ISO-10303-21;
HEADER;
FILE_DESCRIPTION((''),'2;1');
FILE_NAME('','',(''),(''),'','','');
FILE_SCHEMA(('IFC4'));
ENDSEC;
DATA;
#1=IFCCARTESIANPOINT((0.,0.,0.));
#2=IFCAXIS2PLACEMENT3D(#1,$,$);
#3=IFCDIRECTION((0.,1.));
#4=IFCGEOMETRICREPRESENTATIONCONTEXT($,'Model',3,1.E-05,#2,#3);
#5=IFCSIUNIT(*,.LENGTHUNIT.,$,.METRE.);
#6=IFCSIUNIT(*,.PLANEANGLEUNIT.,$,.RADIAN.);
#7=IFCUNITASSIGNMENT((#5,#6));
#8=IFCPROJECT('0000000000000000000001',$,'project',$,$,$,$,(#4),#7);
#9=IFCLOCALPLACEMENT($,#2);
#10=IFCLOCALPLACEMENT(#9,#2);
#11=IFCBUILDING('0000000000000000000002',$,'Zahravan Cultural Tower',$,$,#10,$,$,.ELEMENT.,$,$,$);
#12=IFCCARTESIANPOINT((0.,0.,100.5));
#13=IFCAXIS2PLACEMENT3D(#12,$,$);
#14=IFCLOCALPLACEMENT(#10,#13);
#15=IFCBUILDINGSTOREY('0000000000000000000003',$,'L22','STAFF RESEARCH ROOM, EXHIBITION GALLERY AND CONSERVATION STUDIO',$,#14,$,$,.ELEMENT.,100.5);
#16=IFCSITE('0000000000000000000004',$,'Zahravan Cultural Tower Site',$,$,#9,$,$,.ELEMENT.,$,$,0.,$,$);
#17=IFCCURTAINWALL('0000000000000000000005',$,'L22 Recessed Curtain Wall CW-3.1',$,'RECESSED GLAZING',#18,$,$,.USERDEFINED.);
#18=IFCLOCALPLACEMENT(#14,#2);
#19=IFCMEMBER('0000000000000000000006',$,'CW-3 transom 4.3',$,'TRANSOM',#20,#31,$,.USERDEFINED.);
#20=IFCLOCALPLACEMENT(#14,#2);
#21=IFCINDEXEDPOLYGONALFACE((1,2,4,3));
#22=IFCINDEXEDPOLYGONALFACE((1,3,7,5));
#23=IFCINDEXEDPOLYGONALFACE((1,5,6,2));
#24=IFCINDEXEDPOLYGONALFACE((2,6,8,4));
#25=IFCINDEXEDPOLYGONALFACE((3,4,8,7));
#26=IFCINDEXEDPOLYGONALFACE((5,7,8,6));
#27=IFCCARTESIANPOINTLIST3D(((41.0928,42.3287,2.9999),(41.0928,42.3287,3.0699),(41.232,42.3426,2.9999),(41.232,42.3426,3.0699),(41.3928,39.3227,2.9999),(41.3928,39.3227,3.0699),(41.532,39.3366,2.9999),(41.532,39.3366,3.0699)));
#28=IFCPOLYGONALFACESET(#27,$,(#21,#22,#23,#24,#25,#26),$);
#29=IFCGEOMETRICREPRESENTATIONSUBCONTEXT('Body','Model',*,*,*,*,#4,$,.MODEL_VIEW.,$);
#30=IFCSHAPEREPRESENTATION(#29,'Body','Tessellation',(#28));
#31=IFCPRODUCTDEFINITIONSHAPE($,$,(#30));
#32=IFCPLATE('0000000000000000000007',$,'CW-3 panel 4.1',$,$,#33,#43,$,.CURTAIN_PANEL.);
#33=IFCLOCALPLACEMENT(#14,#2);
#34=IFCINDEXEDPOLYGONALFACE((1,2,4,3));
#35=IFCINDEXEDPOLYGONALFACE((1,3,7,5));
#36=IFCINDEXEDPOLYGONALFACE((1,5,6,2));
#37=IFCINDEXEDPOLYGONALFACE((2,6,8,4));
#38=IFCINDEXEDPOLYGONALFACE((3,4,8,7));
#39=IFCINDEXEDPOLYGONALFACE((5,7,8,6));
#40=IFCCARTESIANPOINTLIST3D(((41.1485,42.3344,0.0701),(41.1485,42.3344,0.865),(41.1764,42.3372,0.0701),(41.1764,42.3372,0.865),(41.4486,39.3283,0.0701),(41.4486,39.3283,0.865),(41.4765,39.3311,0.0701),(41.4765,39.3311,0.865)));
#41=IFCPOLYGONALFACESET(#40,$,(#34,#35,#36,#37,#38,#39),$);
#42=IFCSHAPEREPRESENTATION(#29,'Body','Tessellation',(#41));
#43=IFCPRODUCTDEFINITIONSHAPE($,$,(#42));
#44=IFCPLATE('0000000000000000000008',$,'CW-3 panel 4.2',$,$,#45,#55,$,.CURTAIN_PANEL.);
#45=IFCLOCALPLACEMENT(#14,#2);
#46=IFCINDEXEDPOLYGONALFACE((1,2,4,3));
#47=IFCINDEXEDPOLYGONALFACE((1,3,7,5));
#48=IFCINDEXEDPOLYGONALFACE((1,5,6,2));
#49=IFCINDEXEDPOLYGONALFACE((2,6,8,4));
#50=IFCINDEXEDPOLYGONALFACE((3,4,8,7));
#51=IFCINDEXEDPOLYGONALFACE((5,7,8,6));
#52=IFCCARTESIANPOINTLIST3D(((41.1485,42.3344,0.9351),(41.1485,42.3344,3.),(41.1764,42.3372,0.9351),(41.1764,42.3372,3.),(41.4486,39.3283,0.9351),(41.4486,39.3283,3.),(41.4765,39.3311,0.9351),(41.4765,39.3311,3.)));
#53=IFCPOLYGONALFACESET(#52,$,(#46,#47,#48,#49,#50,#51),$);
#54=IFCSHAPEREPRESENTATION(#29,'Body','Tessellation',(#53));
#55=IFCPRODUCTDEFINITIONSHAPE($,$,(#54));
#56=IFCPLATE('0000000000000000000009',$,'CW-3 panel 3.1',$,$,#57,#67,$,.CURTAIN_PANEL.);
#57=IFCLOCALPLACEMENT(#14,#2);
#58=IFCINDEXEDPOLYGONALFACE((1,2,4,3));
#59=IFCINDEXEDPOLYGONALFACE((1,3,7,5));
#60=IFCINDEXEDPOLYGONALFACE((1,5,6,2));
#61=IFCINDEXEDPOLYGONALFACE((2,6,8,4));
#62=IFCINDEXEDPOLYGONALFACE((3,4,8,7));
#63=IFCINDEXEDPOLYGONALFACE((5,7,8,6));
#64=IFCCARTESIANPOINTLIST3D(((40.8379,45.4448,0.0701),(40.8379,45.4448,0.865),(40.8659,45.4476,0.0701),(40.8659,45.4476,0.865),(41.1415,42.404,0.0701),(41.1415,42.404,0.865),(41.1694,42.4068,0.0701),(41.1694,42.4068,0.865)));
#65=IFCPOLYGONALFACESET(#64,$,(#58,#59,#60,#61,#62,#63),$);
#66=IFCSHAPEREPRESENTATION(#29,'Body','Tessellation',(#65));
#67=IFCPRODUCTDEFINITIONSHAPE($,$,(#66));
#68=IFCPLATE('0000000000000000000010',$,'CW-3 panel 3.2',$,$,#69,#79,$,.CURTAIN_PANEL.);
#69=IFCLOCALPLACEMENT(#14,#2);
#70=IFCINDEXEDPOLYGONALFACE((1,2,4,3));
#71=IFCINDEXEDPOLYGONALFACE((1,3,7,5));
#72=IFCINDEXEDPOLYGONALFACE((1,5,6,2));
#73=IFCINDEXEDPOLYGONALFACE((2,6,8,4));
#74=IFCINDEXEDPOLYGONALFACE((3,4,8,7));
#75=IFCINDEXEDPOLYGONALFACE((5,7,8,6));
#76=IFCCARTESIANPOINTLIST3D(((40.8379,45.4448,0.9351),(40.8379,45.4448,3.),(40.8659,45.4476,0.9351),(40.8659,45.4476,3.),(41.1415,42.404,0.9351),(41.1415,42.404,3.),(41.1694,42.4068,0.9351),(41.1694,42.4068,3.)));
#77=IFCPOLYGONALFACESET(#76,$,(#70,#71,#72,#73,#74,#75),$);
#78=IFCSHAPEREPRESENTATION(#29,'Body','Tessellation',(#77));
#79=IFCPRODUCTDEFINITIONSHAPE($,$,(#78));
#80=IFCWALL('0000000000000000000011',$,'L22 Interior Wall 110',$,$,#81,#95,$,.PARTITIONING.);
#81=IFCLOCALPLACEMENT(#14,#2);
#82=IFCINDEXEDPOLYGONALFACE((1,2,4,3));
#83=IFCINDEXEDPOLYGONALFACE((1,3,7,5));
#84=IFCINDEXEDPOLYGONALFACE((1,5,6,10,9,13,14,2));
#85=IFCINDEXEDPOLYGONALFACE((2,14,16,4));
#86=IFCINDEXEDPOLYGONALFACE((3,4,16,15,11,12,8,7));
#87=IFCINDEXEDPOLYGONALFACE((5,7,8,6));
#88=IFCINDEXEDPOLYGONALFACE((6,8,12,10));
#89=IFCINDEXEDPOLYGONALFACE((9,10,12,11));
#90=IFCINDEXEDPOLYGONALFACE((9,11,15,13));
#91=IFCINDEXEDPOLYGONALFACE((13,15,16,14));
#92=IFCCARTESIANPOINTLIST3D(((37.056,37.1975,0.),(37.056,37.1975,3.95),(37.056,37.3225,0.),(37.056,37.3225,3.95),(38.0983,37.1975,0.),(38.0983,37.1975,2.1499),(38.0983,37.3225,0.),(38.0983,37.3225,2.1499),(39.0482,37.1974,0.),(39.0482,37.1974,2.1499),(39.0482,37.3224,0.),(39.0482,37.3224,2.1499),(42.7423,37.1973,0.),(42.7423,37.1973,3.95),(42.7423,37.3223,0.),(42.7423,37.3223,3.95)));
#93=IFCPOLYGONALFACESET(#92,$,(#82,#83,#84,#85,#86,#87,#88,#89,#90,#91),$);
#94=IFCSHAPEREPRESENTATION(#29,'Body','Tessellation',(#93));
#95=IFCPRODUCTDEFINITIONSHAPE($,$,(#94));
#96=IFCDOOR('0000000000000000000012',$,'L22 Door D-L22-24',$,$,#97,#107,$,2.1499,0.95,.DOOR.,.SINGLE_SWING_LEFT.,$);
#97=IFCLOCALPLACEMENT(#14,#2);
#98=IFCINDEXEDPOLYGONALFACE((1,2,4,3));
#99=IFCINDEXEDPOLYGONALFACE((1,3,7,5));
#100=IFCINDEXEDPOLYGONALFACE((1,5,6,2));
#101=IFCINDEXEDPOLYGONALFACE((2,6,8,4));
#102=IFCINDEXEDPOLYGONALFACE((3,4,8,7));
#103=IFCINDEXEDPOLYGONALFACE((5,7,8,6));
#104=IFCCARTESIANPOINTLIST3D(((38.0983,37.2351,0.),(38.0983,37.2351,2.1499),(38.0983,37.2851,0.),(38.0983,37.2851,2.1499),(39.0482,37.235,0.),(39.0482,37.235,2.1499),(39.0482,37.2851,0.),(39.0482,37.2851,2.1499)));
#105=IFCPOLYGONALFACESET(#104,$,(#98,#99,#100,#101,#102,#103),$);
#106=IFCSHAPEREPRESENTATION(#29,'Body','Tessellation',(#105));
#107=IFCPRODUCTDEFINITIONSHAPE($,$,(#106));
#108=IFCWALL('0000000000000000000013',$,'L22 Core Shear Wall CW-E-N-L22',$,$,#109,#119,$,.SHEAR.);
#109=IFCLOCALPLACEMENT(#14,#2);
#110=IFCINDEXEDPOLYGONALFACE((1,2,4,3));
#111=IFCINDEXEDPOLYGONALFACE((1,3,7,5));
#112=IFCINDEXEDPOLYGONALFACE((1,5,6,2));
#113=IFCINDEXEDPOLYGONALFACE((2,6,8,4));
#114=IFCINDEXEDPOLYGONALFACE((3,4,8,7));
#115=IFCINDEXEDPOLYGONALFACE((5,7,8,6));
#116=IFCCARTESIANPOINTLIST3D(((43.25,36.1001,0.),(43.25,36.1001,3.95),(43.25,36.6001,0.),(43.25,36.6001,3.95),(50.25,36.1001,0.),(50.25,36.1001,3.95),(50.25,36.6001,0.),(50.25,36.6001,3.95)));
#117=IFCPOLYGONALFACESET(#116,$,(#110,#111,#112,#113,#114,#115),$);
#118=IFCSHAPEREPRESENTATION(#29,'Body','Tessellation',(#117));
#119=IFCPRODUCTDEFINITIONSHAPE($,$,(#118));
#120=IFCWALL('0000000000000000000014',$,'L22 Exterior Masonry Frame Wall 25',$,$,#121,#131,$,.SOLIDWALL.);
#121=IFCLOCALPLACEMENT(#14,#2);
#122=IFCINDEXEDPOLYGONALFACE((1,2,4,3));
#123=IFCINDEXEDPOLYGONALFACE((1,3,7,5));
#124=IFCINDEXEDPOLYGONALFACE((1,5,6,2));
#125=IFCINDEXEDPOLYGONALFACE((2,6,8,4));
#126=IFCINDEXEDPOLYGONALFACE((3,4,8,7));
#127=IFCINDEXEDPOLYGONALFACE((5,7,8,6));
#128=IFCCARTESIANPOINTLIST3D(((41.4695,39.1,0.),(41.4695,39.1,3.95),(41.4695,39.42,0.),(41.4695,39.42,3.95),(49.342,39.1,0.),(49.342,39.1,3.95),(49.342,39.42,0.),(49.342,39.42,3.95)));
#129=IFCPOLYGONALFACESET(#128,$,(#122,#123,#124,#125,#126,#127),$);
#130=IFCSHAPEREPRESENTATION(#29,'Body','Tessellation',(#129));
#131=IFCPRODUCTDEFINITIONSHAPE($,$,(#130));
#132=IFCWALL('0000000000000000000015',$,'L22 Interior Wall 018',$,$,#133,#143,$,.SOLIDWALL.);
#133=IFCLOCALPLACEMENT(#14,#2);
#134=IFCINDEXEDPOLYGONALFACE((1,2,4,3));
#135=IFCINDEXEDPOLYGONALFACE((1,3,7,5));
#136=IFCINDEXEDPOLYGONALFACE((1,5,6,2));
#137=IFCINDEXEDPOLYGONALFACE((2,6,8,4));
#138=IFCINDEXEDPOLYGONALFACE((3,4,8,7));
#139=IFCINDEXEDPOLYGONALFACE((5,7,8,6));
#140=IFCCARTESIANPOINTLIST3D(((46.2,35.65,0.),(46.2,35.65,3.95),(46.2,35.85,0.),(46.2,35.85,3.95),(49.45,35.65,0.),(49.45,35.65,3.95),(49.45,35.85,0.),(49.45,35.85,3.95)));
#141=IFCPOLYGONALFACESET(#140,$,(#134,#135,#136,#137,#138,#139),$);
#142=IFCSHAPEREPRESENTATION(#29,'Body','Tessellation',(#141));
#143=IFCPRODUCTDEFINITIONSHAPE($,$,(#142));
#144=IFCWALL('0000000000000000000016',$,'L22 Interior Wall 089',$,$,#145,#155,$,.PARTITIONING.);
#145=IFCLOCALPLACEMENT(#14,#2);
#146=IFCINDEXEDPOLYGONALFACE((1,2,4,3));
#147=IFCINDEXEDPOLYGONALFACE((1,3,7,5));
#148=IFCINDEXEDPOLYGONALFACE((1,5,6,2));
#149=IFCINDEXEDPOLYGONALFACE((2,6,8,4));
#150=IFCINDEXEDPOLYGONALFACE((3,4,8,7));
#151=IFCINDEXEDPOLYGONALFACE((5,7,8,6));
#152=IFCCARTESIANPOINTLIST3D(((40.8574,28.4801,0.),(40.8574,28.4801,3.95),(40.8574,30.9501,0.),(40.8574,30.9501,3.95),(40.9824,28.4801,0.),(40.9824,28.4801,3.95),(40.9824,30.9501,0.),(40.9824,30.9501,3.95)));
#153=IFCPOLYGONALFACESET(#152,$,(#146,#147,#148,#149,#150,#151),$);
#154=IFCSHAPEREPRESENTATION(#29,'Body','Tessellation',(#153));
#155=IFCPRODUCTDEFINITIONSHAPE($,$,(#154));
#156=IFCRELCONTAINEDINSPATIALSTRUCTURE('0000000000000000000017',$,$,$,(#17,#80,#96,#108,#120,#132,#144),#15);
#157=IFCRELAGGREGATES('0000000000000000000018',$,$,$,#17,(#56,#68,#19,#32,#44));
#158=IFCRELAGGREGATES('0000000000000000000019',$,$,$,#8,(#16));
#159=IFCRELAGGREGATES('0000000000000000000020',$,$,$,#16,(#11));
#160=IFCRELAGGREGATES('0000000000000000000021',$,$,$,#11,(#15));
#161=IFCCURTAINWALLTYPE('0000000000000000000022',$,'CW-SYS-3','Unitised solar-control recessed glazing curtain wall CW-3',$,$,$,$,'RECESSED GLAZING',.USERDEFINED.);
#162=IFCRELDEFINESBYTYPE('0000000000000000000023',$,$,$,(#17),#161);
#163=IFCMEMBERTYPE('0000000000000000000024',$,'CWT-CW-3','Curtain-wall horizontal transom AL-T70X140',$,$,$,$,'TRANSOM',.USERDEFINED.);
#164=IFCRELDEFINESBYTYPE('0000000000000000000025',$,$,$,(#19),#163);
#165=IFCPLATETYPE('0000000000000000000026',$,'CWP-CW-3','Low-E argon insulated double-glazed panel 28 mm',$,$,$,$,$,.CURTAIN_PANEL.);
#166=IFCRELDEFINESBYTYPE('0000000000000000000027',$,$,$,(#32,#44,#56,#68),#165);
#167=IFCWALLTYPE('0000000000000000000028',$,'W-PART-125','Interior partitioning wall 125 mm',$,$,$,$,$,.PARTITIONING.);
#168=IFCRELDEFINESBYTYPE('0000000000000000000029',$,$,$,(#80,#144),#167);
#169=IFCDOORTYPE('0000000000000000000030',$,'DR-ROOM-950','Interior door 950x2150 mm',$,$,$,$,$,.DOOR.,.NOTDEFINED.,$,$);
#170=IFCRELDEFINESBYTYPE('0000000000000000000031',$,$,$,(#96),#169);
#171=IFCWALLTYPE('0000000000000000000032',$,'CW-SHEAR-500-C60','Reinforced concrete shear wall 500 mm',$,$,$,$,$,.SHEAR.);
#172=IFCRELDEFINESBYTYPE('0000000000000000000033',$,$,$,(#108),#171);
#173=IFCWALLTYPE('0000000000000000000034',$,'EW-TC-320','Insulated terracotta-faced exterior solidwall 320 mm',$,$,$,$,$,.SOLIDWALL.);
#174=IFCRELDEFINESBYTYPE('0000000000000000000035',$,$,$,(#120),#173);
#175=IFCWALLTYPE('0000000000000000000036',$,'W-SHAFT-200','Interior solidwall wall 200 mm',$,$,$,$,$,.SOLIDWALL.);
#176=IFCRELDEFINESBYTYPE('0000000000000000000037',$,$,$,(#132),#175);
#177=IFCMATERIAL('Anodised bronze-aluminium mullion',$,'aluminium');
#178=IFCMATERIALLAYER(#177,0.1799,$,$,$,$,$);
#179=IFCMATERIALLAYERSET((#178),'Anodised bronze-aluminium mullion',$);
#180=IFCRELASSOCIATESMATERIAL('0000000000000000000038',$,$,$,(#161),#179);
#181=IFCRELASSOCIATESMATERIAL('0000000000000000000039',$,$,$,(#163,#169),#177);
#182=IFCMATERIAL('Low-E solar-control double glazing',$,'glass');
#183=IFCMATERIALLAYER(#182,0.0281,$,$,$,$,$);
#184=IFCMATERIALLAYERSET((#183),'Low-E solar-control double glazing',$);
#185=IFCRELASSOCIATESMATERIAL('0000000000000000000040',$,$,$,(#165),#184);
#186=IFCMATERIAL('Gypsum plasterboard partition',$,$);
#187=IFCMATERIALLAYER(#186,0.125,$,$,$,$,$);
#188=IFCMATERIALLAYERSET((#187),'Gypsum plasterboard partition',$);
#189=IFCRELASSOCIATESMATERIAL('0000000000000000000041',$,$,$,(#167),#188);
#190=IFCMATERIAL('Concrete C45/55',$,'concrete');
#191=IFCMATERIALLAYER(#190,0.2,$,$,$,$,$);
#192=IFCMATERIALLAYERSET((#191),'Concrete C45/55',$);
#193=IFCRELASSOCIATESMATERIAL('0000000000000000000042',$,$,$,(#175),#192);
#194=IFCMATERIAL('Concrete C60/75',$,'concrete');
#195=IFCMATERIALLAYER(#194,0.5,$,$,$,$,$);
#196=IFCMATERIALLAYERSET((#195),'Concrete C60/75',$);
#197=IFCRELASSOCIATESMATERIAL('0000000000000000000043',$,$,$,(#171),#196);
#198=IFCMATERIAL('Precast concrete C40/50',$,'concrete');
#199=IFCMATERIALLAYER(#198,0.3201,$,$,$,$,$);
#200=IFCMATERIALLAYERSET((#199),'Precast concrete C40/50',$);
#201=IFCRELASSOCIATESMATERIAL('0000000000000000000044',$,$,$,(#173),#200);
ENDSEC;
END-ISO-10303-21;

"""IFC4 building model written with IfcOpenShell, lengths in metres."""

from ifc_helpers import new_model, si_unit, direction, frame, frame_2d, origin, origin_2d, place, context, subcontext, project, spatial, rectangle, extrude, source, transform, mapped, material, layer, layer_set, material_profile, profile_set, type_object, element, fill, aggregate, save


model = new_model("IFC4")

# Units and contexts
model_context = context("Model", 3, precision=1e-05, world=origin(), true_north=direction((0.0, 1.0)))
body_context = subcontext(model_context, "Body", "Model", "MODEL_VIEW")
ifc_project = project(units=[si_unit("LENGTHUNIT", "METRE"), si_unit("PLANEANGLEUNIT", "RADIAN")], contexts=[model_context])

# Site, building, storey
site_placement = place(None, origin())
site = spatial("IfcSite", under=ifc_project, at=site_placement, Name="Zahravan Cultural Tower Site", CompositionType="ELEMENT", RefElevation=0.0)
building_placement = place(site_placement, origin())
building = spatial("IfcBuilding", under=site, at=building_placement, Name="Zahravan Cultural Tower", CompositionType="ELEMENT")
storey_placement = place(building_placement, frame((0.0, 0.0, 100.5)))
storey = spatial("IfcBuildingStorey", under=building, at=storey_placement, Name="L22", Description="STAFF RESEARCH ROOM, EXHIBITION GALLERY AND CONSERVATION STUDIO", CompositionType="ELEMENT", Elevation=100.5)

# Shared definitions
ifc_material_1 = material(Name="Concrete C60/75", Category="concrete")

# Curtain wall, member, plates
ifc_material_2 = material(Name="Anodised bronze-aluminium mullion", Category="aluminium")
ifc_layer_1 = layer(ifc_material_2, 0.1799)
ifc_layer_set_1 = layer_set([ifc_layer_1], Name="Anodised bronze-aluminium mullion")
curtain_wall_type = type_object("IfcCurtainWallType", Name="CW-SYS-3", Description="Unitised solar-control recessed glazing curtain wall CW-3", ElementType="RECESSED GLAZING", PredefinedType="USERDEFINED", material=ifc_layer_set_1)
curtain_wall_placement = place(storey_placement, origin())
curtain_wall = element("IfcCurtainWall", 1, at=curtain_wall_placement, inside=storey, type_object=curtain_wall_type, Name="L22 Recessed Curtain Wall CW-3.1", ObjectType="RECESSED GLAZING", PredefinedType="USERDEFINED")
ifc_material_profile_1 = material_profile(ifc_material_2, rectangle(XDim=0.1399, YDim=0.0701, at=origin_2d()), Name="AL-T70X140")
ifc_profile_set_1 = profile_set([ifc_material_profile_1], Name="Anodised bronze-aluminium mullion")
member_type_1 = type_object("IfcMemberType", Name="CWT-CW-3", Description="Curtain-wall horizontal transom AL-T70X140", ElementType="TRANSOM", PredefinedType="USERDEFINED", material=ifc_profile_set_1)
shared_shape_1 = source(origin(), body_context, "Body", "SweptSolid", [
    extrude(rectangle(XDim=0.1399, YDim=0.0701, at=origin_2d()), origin(), (0.0, 0.0, 1.0), 3.021),
])
member_1_placement = place(storey_placement, frame((41.1624, 42.3357, 3.0349), z_axis=(0.09932, -0.995056, 0.0), x_axis=(0.995056, 0.09932, 0.0)))
member_1 = element("IfcMember", 2, at=member_1_placement, type_object=member_type_1, Name="CW-3 transom 4.3", ObjectType="TRANSOM", PredefinedType="USERDEFINED", context=body_context, shape_type="MappedRepresentation", body=[
    mapped(shared_shape_1, transform((0.0, 0.0, 0.0), x_axis=(1.0, 0.0, 0.0), y_axis=(0.0, 1.0, 0.0), z_axis=(0.0, 0.0, 1.0), scale=1.0)),
])
ifc_material_3 = material(Name="Low-E solar-control double glazing", Category="glass")
ifc_layer_2 = layer(ifc_material_3, 0.0281)
ifc_layer_set_2 = layer_set([ifc_layer_2], Name="Low-E solar-control double glazing")
plate_type = type_object("IfcPlateType", Name="CWP-CW-3", Description="Low-E argon insulated double-glazed panel 28 mm", PredefinedType="CURTAIN_PANEL", material=ifc_layer_set_2)
shared_shape_2 = source(origin(), body_context, "Body", "SweptSolid", [
    extrude(rectangle(XDim=3.021, YDim=0.0281, at=origin_2d()), origin(), (0.0, 0.0, 1.0), 0.7949),
])
plate_1_placement = place(storey_placement, frame((41.3125, 40.8328, 0.0701), z_axis=(0.0, 0.0, 1.0), x_axis=(0.099322, -0.995055, 0.0)))
plate_1 = element("IfcPlate", 3, at=plate_1_placement, type_object=plate_type, Name="CW-3 panel 4.1", PredefinedType="CURTAIN_PANEL", context=body_context, shape_type="MappedRepresentation", body=[
    mapped(shared_shape_2, transform((0.0, 0.0, 0.0), x_axis=(1.0, 0.0, 0.0), y_axis=(0.0, 1.0, 0.0), z_axis=(0.0, 0.0, 1.0), scale=1.0)),
])
shared_shape_3 = source(origin(), body_context, "Body", "SweptSolid", [
    extrude(rectangle(XDim=3.021, YDim=0.0281, at=origin_2d()), origin(), (0.0, 0.0, 1.0), 2.0649),
])
plate_2_placement = place(storey_placement, frame((41.3125, 40.8328, 0.9351), z_axis=(0.0, 0.0, 1.0), x_axis=(0.099322, -0.995055, 0.0)))
plate_2 = element("IfcPlate", 4, at=plate_2_placement, type_object=plate_type, Name="CW-3 panel 4.2", PredefinedType="CURTAIN_PANEL", context=body_context, shape_type="MappedRepresentation", body=[
    mapped(shared_shape_3, transform((0.0, 0.0, 0.0), x_axis=(1.0, 0.0, 0.0), y_axis=(0.0, 1.0, 0.0), z_axis=(0.0, 0.0, 1.0), scale=1.0)),
])
shared_shape_4 = source(origin(), body_context, "Body", "SweptSolid", [
    extrude(rectangle(XDim=3.0559, YDim=0.0281, at=origin_2d()), origin(), (0.0, 0.0, 1.0), 0.7949),
])
plate_3_placement = place(storey_placement, frame((41.0037, 43.9258, 0.0701), z_axis=(0.0, 0.0, 1.0), x_axis=(0.099322, -0.995055, 0.0)))
plate_3 = element("IfcPlate", 5, at=plate_3_placement, type_object=plate_type, Name="CW-3 panel 3.1", PredefinedType="CURTAIN_PANEL", context=body_context, shape_type="MappedRepresentation", body=[
    mapped(shared_shape_4, transform((0.0, 0.0, 0.0), x_axis=(1.0, 0.0, 0.0), y_axis=(0.0, 1.0, 0.0), z_axis=(0.0, 0.0, 1.0), scale=1.0)),
])
shared_shape_5 = source(origin(), body_context, "Body", "SweptSolid", [
    extrude(rectangle(XDim=3.0559, YDim=0.0281, at=origin_2d()), origin(), (0.0, 0.0, 1.0), 2.0649),
])
plate_4_placement = place(storey_placement, frame((41.0037, 43.9258, 0.9351), z_axis=(0.0, 0.0, 1.0), x_axis=(0.099322, -0.995055, 0.0)))
plate_4 = element("IfcPlate", 6, at=plate_4_placement, type_object=plate_type, Name="CW-3 panel 3.2", PredefinedType="CURTAIN_PANEL", context=body_context, shape_type="MappedRepresentation", body=[
    mapped(shared_shape_5, transform((0.0, 0.0, 0.0), x_axis=(1.0, 0.0, 0.0), y_axis=(0.0, 1.0, 0.0), z_axis=(0.0, 0.0, 1.0), scale=1.0)),
])
aggregate(curtain_wall, [plate_3, plate_4, member_1, plate_1, plate_2])

# Wall, opening, door
ifc_material_4 = material(Name="Gypsum plasterboard partition")
ifc_layer_3 = layer(ifc_material_4, 0.125)
ifc_layer_set_3 = layer_set([ifc_layer_3], Name="Gypsum plasterboard partition")
wall_type_1 = type_object("IfcWallType", Name="W-PART-125", Description="Interior partitioning wall 125 mm", PredefinedType="PARTITIONING", material=ifc_layer_set_3)
door_type_1 = type_object("IfcDoorType", Name="DR-ROOM-950", Description="Interior door 950x2150 mm", OperationType="NOTDEFINED", PredefinedType="DOOR", material=ifc_material_2)
shared_shape_6 = source(origin(), body_context, "Body", "SweptSolid", [
    extrude(rectangle(XDim=0.95, YDim=2.1499, at=frame_2d((0.4751, 1.075))), frame((0.0, 0.0249, 0.0), z_axis=(0.0, -1.0, 0.0), x_axis=(1.0, 0.0, 0.0)), (0.0, 0.0, 1.0), 0.05),
])
wall_1_placement = place(storey_placement, frame((42.7424, 37.2598, 0.0), z_axis=(0.0, 0.0, 1.0), x_axis=(-1.0, 0.000043, 0.0)))
wall_1 = element("IfcWall", 7, at=wall_1_placement, inside=storey, type_object=wall_type_1, Name="L22 Interior Wall 110", PredefinedType="PARTITIONING", context=body_context, shape_type="SweptSolid", body=[
    extrude(rectangle(XDim=5.6863, YDim=0.125, at=frame_2d((2.8433, 0.0))), origin(), (0.0, 0.0, 1.0), 3.95),
])
opening_1_placement = place(wall_1_placement, frame((3.6941, 0.0, 0.0)))
opening_1 = element("IfcOpeningElement", 8, at=opening_1_placement, cuts=wall_1, PredefinedType="OPENING", context=body_context, shape_type="SweptSolid", body=[
    extrude(rectangle(XDim=0.95, YDim=2.1499, at=frame_2d((0.4751, 1.075))), frame((0.0, 0.0725, 0.0), z_axis=(0.0, -1.0, 0.0), x_axis=(1.0, 0.0, 0.0)), (0.0, 0.0, 1.0), 0.145),
])
door_1_placement = place(opening_1_placement, origin())
door_1 = element("IfcDoor", 9, at=door_1_placement, inside=storey, type_object=door_type_1, Name="L22 Door D-L22-24", OperationType="SINGLE_SWING_LEFT", OverallHeight=2.1499, OverallWidth=0.95, PredefinedType="DOOR", context=body_context, shape_type="MappedRepresentation", body=[
    mapped(shared_shape_6, transform((0.0, 0.0, 0.0), x_axis=(1.0, 0.0, 0.0), y_axis=(0.0, 1.0, 0.0), z_axis=(0.0, 0.0, 1.0), scale=1.0)),
])
fill(opening_1, door_1)
ifc_material_5 = material(Name="Concrete C45/55", Category="concrete")
ifc_layer_4 = layer(ifc_material_5, 0.2)
ifc_layer_set_4 = layer_set([ifc_layer_4], Name="Concrete C45/55")
wall_type_2 = type_object("IfcWallType", Name="W-SHAFT-200", Description="Interior solidwall wall 200 mm", PredefinedType="SOLIDWALL", material=ifc_layer_set_4)

# Walls
ifc_layer_5 = layer(ifc_material_1, 0.5)
ifc_layer_set_5 = layer_set([ifc_layer_5], Name="Concrete C60/75")
wall_type_3 = type_object("IfcWallType", Name="CW-SHEAR-500-C60", Description="Reinforced concrete shear wall 500 mm", PredefinedType="SHEAR", material=ifc_layer_set_5)
shared_shape_7 = source(origin(), body_context, "Body", "SweptSolid", [
    extrude(rectangle(XDim=7.0, YDim=0.5, at=frame_2d((3.5, 0.0))), origin(), (0.0, 0.0, 1.0), 3.95),
])
wall_2_placement = place(storey_placement, frame((43.25, 36.3501, 0.0), z_axis=(0.0, 0.0, 1.0), x_axis=(1.0, 0.0, 0.0)))
element("IfcWall", 10, at=wall_2_placement, inside=storey, type_object=wall_type_3, Name="L22 Core Shear Wall CW-E-N-L22", PredefinedType="SHEAR", context=body_context, shape_type="MappedRepresentation", body=[
    mapped(shared_shape_7, transform((0.0, 0.0, 0.0), x_axis=(1.0, 0.0, 0.0), y_axis=(0.0, 1.0, 0.0), z_axis=(0.0, 0.0, 1.0), scale=1.0)),
])
ifc_material_6 = material(Name="Precast concrete C40/50", Category="concrete")
ifc_layer_6 = layer(ifc_material_6, 0.3201)
ifc_layer_set_6 = layer_set([ifc_layer_6], Name="Precast concrete C40/50")
wall_type_4 = type_object("IfcWallType", Name="EW-TC-320", Description="Insulated terracotta-faced exterior solidwall 320 mm", PredefinedType="SOLIDWALL", material=ifc_layer_set_6)
shared_shape_8 = source(origin(), body_context, "Body", "SweptSolid", [
    extrude(rectangle(XDim=7.8726, YDim=0.3201, at=frame_2d((3.9363, 0.0))), origin(), (0.0, 0.0, 1.0), 3.95),
])
wall_3_placement = place(storey_placement, frame((41.4695, 39.26, 0.0), z_axis=(0.0, 0.0, 1.0), x_axis=(1.0, 0.0, 0.0)))
element("IfcWall", 11, at=wall_3_placement, inside=storey, type_object=wall_type_4, Name="L22 Exterior Masonry Frame Wall 25", PredefinedType="SOLIDWALL", context=body_context, shape_type="MappedRepresentation", body=[
    mapped(shared_shape_8, transform((0.0, 0.0, 0.0), x_axis=(1.0, 0.0, 0.0), y_axis=(0.0, 1.0, 0.0), z_axis=(0.0, 0.0, 1.0), scale=1.0)),
])
shared_shape_9 = source(origin(), body_context, "Body", "SweptSolid", [
    extrude(rectangle(XDim=3.25, YDim=0.2, at=frame_2d((1.625, 0.0))), origin(), (0.0, 0.0, 1.0), 3.95),
])
wall_4_placement = place(storey_placement, frame((46.2, 35.75, 0.0), z_axis=(0.0, 0.0, 1.0), x_axis=(1.0, 0.0, 0.0)))
element("IfcWall", 12, at=wall_4_placement, inside=storey, type_object=wall_type_2, Name="L22 Interior Wall 018", PredefinedType="SOLIDWALL", context=body_context, shape_type="MappedRepresentation", body=[
    mapped(shared_shape_9, transform((0.0, 0.0, 0.0), x_axis=(1.0, 0.0, 0.0), y_axis=(0.0, 1.0, 0.0), z_axis=(0.0, 0.0, 1.0), scale=1.0)),
])
shared_shape_10 = source(origin(), body_context, "Body", "SweptSolid", [
    extrude(rectangle(XDim=2.47, YDim=0.125, at=frame_2d((1.2349, 0.0))), origin(), (0.0, 0.0, 1.0), 3.95),
])
wall_5_placement = place(storey_placement, frame((40.9199, 30.95, 0.0), z_axis=(0.0, 0.0, 1.0), x_axis=(0.0, -1.0, 0.0)))
element("IfcWall", 13, at=wall_5_placement, inside=storey, type_object=wall_type_1, Name="L22 Interior Wall 089", PredefinedType="PARTITIONING", context=body_context, shape_type="MappedRepresentation", body=[
    mapped(shared_shape_10, transform((0.0, 0.0, 0.0), x_axis=(1.0, 0.0, 0.0), y_axis=(0.0, 1.0, 0.0), z_axis=(0.0, 0.0, 1.0), scale=1.0)),
])

save(model, "model.ifc")
